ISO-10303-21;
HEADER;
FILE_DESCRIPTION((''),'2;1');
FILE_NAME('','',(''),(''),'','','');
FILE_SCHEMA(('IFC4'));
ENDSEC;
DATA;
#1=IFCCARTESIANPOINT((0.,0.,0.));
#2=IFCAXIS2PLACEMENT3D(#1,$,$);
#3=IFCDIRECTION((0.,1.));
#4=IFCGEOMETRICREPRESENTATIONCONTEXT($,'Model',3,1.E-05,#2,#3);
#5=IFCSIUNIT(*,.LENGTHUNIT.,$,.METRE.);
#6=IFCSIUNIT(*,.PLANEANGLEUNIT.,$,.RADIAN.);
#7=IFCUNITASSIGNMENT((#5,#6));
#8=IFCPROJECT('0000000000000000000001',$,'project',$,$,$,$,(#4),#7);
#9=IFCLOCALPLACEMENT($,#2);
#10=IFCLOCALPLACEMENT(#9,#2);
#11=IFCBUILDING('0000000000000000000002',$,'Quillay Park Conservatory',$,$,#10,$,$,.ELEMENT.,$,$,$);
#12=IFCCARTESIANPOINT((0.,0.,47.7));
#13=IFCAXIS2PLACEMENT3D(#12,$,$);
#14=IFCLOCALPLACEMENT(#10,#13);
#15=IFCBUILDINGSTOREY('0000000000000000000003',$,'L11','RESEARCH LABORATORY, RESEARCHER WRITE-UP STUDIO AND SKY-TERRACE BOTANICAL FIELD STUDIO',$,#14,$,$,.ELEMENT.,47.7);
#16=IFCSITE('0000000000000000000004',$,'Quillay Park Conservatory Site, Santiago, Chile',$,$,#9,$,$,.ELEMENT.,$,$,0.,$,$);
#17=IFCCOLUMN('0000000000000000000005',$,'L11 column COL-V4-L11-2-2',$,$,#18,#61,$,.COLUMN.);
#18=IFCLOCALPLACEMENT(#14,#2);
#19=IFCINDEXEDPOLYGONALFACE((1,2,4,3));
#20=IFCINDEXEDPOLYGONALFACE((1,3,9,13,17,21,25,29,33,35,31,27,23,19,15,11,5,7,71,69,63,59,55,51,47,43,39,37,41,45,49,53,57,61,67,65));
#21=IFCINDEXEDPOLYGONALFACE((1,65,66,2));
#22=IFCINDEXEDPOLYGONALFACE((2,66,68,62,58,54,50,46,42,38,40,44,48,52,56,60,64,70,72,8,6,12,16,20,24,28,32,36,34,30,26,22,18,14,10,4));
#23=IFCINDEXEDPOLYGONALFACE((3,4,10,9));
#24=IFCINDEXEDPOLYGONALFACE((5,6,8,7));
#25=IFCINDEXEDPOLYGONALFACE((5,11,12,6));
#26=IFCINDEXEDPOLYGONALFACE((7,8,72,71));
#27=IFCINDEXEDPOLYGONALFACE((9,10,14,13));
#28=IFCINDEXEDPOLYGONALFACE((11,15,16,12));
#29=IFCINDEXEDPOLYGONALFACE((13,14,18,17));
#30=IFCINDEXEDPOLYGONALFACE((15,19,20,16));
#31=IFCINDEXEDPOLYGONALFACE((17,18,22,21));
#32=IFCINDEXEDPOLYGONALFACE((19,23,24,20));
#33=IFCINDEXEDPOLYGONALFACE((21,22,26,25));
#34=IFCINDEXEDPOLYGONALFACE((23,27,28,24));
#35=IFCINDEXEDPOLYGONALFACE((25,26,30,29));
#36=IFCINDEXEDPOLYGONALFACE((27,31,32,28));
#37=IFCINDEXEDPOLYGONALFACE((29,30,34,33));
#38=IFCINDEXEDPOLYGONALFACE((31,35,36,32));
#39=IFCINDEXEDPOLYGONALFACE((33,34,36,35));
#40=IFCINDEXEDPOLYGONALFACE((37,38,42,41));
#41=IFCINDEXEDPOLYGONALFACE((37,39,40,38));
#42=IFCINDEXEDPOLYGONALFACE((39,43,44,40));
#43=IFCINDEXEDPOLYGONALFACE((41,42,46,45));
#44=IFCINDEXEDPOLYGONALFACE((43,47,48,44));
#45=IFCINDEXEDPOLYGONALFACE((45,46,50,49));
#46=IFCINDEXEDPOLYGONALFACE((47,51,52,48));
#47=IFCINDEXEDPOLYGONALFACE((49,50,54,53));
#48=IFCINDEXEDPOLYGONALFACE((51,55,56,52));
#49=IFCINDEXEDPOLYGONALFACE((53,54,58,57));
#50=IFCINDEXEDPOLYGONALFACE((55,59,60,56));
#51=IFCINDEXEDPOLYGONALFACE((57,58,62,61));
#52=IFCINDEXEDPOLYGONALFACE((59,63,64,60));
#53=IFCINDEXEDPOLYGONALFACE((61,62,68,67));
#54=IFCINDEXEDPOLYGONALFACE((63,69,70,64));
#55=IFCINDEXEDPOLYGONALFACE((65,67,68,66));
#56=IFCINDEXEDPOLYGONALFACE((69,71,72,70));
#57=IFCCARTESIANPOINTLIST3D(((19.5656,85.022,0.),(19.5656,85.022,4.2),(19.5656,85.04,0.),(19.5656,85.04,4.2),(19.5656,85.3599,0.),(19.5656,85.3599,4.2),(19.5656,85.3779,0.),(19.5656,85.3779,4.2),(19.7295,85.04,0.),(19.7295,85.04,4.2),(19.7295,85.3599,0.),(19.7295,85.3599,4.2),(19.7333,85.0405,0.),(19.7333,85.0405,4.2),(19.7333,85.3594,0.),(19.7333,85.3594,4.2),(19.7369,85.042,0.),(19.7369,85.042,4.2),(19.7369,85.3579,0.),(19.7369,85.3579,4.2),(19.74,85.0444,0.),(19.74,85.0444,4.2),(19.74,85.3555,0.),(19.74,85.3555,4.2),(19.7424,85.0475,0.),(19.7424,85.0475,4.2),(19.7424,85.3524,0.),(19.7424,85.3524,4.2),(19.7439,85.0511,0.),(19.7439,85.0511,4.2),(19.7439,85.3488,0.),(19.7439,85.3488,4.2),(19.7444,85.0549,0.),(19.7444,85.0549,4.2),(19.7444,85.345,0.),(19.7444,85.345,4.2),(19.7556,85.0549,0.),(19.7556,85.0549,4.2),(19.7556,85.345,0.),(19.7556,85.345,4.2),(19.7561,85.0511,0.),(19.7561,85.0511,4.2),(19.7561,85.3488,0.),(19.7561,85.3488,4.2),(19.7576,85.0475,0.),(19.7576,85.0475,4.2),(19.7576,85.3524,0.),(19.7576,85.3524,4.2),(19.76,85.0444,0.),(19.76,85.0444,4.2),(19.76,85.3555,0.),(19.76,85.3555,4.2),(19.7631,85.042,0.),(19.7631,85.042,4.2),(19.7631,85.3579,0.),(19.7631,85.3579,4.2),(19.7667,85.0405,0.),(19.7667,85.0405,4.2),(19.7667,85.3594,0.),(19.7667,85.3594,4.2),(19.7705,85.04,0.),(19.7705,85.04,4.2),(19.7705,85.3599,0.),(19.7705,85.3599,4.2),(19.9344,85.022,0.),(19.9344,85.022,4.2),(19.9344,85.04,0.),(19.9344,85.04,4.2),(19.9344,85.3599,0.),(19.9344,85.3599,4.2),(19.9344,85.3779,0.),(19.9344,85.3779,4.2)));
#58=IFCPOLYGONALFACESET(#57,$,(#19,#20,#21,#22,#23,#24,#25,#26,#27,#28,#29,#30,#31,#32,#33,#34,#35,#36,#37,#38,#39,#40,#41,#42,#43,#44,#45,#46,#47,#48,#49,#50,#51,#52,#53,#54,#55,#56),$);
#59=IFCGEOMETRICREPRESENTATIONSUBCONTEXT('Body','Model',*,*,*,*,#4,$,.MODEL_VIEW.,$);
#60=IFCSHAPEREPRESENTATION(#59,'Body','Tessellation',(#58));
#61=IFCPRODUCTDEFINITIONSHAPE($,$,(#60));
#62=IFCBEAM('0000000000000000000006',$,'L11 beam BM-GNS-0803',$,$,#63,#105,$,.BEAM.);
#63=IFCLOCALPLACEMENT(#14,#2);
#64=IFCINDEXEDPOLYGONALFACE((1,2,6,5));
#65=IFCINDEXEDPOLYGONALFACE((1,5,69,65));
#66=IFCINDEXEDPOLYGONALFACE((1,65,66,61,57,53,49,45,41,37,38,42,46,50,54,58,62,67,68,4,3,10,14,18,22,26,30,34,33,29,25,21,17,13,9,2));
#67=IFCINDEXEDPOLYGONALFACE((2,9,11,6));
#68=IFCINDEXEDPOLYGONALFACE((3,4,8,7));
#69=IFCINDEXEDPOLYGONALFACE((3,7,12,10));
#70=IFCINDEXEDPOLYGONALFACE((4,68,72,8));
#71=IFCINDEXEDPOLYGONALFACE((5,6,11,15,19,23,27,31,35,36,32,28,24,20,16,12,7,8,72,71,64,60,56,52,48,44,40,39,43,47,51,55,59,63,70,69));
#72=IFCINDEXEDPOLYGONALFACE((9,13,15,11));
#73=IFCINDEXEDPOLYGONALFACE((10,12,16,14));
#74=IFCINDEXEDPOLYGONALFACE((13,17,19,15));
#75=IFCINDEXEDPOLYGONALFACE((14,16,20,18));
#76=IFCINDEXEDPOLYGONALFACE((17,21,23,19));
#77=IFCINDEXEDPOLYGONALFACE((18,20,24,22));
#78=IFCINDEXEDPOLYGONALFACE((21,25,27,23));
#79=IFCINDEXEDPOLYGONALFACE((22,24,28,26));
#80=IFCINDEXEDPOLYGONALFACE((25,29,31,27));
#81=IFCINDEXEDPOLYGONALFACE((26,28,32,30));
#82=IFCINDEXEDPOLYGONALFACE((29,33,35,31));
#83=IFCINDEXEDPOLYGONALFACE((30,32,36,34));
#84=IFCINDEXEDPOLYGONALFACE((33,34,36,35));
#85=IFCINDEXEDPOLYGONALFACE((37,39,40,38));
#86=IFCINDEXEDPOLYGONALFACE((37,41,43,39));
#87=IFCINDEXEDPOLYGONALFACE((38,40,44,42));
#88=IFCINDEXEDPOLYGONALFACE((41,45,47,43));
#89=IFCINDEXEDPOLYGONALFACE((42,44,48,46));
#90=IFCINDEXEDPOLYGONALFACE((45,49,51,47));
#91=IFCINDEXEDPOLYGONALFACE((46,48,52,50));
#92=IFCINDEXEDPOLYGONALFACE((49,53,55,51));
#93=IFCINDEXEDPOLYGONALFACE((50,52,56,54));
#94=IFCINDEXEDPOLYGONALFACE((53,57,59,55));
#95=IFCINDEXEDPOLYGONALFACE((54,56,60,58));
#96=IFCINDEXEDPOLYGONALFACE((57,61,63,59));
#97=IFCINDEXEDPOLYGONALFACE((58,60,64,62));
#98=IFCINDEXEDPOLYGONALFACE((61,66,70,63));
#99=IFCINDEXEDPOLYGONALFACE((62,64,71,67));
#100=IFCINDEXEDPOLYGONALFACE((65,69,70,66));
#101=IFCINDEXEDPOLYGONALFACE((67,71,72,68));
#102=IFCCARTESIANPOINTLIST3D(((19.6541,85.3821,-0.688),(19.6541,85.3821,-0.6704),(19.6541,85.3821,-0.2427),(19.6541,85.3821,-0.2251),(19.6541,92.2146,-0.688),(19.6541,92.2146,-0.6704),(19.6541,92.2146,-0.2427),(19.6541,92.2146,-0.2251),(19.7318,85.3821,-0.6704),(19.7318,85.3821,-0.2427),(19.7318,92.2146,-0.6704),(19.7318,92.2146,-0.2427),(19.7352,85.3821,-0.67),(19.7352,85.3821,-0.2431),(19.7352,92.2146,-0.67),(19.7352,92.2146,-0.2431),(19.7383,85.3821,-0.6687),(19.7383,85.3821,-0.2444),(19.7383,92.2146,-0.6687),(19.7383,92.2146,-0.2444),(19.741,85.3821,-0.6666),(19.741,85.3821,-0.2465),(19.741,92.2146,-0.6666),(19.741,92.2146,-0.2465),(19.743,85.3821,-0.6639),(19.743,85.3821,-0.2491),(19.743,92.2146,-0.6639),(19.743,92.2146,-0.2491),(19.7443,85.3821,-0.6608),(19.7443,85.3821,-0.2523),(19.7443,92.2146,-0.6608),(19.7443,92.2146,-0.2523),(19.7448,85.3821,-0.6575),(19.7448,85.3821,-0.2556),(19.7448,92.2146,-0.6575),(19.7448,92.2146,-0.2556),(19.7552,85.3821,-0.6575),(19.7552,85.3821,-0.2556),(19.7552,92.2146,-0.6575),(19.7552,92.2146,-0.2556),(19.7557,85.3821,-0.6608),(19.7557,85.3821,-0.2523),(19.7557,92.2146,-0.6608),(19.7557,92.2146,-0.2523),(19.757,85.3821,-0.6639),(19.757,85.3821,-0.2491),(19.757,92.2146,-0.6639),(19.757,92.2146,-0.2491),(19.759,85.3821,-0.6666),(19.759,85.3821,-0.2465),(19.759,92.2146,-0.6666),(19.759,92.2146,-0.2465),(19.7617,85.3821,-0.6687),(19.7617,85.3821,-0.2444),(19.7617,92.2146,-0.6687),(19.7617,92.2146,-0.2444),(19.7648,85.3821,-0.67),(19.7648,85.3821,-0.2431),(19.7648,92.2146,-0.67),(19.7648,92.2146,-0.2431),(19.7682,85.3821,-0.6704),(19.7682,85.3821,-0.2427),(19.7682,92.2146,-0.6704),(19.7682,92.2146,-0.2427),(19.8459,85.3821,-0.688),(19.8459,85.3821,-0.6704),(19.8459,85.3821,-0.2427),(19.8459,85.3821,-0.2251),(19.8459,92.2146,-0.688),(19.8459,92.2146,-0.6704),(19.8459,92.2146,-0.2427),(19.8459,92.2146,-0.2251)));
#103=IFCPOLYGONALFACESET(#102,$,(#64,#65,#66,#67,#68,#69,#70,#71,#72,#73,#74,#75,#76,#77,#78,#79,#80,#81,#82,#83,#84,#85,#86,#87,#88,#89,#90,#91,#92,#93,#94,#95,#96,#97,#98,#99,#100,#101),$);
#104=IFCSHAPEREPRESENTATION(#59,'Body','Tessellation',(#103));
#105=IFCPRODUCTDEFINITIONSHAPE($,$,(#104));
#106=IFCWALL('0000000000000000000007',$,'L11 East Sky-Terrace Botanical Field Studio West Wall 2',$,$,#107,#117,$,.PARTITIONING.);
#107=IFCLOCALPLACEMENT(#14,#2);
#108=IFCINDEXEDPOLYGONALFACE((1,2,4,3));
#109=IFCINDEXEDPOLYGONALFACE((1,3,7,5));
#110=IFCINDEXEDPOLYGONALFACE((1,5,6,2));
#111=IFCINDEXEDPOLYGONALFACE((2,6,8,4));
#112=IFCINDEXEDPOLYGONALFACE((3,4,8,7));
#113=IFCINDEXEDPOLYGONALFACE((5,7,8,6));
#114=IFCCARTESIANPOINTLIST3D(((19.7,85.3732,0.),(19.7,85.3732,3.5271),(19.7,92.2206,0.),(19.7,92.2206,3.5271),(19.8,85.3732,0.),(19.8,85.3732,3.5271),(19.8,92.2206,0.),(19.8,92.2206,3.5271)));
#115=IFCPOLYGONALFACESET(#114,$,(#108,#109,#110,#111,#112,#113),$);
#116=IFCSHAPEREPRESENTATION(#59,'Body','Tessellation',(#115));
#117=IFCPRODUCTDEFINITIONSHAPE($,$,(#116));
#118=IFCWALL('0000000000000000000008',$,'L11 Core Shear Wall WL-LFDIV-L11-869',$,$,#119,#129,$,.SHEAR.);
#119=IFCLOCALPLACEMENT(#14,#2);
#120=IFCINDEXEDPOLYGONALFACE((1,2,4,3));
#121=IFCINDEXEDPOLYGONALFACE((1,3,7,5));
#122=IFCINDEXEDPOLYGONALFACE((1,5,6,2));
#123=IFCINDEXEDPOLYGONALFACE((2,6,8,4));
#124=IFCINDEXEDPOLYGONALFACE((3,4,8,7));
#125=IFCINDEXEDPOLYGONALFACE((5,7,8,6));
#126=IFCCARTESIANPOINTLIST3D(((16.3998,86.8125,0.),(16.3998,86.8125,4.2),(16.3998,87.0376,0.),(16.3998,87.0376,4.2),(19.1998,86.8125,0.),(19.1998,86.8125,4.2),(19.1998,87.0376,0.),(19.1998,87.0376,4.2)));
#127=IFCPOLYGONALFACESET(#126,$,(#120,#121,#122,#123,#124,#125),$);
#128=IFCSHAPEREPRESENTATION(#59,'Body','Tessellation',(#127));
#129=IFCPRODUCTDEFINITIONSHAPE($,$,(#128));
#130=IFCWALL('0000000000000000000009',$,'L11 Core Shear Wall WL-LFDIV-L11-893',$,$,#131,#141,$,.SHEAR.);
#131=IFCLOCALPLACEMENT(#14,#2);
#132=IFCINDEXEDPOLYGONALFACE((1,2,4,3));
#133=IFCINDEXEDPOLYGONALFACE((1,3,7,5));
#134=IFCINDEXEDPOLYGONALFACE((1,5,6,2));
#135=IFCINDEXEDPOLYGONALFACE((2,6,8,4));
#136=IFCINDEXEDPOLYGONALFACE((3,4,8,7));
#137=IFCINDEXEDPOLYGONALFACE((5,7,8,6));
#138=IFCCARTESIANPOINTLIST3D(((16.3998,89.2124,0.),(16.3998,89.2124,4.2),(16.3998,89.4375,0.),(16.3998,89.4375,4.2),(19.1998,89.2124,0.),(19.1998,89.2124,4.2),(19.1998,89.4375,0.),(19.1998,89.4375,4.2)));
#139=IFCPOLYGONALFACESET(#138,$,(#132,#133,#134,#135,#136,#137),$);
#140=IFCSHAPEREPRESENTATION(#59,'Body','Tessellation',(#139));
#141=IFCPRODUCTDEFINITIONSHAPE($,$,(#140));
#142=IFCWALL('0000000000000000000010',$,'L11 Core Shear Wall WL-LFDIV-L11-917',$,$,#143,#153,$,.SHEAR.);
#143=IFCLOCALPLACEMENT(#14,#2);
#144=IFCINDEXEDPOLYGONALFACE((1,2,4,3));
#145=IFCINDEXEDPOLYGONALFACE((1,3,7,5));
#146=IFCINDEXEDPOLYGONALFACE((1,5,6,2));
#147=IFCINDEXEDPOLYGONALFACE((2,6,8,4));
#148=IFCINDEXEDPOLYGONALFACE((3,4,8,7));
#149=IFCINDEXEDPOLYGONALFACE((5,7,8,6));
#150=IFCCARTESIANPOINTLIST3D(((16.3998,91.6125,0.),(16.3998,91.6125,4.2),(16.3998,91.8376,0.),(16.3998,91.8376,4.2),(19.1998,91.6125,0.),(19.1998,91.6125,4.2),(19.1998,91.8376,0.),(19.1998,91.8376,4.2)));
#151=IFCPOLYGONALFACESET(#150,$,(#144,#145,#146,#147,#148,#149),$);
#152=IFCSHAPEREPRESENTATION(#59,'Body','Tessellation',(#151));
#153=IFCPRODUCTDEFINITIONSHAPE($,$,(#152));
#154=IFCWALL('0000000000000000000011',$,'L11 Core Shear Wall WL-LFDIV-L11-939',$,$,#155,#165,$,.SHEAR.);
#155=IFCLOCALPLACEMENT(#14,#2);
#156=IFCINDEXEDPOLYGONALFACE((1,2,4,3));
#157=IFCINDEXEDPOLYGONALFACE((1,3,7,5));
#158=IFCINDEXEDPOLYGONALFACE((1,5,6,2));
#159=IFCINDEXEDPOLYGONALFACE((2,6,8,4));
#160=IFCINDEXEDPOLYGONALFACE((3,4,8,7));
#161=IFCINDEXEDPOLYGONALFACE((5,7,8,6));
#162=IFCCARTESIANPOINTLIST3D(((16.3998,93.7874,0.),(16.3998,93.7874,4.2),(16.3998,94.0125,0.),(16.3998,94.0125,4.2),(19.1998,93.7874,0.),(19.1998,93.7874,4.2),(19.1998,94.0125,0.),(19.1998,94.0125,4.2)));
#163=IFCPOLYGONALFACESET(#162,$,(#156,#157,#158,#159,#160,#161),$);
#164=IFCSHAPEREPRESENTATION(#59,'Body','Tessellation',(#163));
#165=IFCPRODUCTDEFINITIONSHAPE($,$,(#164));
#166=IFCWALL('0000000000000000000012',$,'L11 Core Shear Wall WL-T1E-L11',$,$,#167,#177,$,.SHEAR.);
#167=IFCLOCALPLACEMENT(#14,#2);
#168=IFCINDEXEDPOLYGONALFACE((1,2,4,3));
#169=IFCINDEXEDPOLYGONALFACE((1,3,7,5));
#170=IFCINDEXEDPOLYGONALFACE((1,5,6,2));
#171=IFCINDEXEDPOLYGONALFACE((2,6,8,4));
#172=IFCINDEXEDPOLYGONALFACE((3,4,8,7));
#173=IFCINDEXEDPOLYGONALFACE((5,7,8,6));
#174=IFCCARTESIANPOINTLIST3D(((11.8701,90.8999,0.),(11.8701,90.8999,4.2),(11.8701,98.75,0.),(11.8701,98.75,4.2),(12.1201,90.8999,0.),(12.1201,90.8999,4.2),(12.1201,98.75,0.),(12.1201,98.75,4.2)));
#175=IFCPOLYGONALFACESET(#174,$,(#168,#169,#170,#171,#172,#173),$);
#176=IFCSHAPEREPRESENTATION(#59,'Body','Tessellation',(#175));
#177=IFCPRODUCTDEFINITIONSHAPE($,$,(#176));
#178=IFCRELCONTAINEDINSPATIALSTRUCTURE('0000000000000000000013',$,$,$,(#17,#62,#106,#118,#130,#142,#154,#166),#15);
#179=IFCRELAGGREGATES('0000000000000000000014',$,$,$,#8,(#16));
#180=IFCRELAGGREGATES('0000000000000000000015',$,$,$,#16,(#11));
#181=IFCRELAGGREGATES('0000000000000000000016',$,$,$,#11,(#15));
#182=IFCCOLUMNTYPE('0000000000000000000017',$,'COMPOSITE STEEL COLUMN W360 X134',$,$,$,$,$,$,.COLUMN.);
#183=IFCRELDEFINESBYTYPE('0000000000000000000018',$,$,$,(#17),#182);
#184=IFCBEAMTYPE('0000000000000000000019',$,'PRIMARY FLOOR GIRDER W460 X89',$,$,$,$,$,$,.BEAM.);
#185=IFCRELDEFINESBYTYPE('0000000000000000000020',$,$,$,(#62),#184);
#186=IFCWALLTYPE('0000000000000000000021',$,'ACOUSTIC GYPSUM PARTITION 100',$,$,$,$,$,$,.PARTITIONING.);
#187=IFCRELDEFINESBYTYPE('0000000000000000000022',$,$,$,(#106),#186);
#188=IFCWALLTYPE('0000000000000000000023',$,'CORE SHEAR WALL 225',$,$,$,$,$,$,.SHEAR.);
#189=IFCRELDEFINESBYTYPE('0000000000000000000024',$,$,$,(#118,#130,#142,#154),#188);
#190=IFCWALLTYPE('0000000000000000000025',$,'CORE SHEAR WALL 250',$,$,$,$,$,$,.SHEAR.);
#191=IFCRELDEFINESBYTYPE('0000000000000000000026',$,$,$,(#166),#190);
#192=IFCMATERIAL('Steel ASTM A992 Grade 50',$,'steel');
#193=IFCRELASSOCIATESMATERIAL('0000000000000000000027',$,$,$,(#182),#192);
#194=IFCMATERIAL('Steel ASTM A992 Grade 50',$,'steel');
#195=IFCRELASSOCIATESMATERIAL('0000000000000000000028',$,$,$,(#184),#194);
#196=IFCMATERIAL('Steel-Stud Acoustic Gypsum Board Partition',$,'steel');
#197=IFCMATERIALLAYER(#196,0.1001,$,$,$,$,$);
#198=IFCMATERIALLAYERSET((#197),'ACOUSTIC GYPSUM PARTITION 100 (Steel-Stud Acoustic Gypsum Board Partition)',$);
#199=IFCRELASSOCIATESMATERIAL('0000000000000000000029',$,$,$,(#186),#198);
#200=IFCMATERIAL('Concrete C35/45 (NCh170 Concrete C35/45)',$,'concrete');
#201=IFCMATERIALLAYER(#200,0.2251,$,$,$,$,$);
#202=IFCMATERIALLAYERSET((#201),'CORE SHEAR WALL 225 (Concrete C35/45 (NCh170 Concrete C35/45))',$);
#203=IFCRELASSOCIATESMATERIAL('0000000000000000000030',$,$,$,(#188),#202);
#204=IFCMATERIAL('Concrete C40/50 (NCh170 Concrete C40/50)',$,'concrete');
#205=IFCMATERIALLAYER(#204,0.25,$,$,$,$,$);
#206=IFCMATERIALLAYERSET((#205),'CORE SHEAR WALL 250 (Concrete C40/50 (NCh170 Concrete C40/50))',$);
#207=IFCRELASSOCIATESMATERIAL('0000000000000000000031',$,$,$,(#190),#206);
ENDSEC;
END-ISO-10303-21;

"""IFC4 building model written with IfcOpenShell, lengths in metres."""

from ifc_helpers import new_model, si_unit, direction, frame, frame_2d, origin, origin_2d, place, context, subcontext, project, spatial, rectangle, i_section, extrude, material, layer, layer_set, material_profile, profile_set, type_object, element, save


model = new_model("IFC4")

# Units and contexts
model_context = context("Model", 3, precision=1e-05, world=origin(), true_north=direction((0.0, 1.0)))
body_context = subcontext(model_context, "Body", "Model", "MODEL_VIEW")
ifc_project = project(units=[si_unit("LENGTHUNIT", "METRE"), si_unit("PLANEANGLEUNIT", "RADIAN")], contexts=[model_context])

# Site, building, storey
site_placement = place(None, origin())
site = spatial("IfcSite", under=ifc_project, at=site_placement, Name="Quillay Park Conservatory Site, Santiago, Chile", CompositionType="ELEMENT", RefElevation=0.0)
building_placement = place(site_placement, origin())
building = spatial("IfcBuilding", under=site, at=building_placement, Name="Quillay Park Conservatory", CompositionType="ELEMENT")
storey_placement = place(building_placement, frame((0.0, 0.0, 47.7)))
storey = spatial("IfcBuildingStorey", under=building, at=storey_placement, Name="L11", Description="RESEARCH LABORATORY, RESEARCHER WRITE-UP STUDIO AND SKY-TERRACE BOTANICAL FIELD STUDIO", CompositionType="ELEMENT", Elevation=47.7)

# Column
ifc_material_1 = material(Name="Steel ASTM A992 Grade 50", Category="steel")
ifc_material_profile_1 = material_profile(ifc_material_1, i_section(OverallWidth=0.3689, OverallDepth=0.356, WebThickness=0.0112, FlangeThickness=0.0181, FilletRadius=0.0149, at=origin_2d()), Name="W360x134")
ifc_profile_set_1 = profile_set([ifc_material_profile_1], Name="Steel ASTM A992 Grade 50")
column_type = type_object("IfcColumnType", Name="COMPOSITE STEEL COLUMN W360 X134", PredefinedType="COLUMN", material=ifc_profile_set_1)
column_placement = place(storey_placement, frame((19.75, 85.2, 0.0), z_axis=(0.0, 0.0, 1.0), x_axis=(1.0, 0.0, 0.0)))
element("IfcColumn", 1, at=column_placement, inside=storey, type_object=column_type, Name="L11 column COL-V4-L11-2-2", PredefinedType="COLUMN", context=body_context, shape_type="SweptSolid", body=[
    extrude(i_section(OverallWidth=0.3689, OverallDepth=0.356, WebThickness=0.0112, FlangeThickness=0.0181, FilletRadius=0.0149, at=origin_2d()), origin(), (0.0, 0.0, 1.0), 4.2),
])

# Beam
ifc_material_2 = material(Name="Steel ASTM A992 Grade 50", Category="steel")
ifc_material_profile_2 = material_profile(ifc_material_2, i_section(OverallWidth=0.1919, OverallDepth=0.4629, WebThickness=0.0105, FlangeThickness=0.0176, FilletRadius=0.0129, at=origin_2d()), Name="W460x89")
ifc_profile_set_2 = profile_set([ifc_material_profile_2], Name="Steel ASTM A992 Grade 50")
beam_type = type_object("IfcBeamType", Name="PRIMARY FLOOR GIRDER W460 X89", PredefinedType="BEAM", material=ifc_profile_set_2)
beam_placement = place(storey_placement, frame((19.75, 85.3821, -0.4565), z_axis=(0.0, 1.0, 0.0), x_axis=(-1.0, 0.0, 0.0)))
element("IfcBeam", 2, at=beam_placement, inside=storey, type_object=beam_type, Name="L11 beam BM-GNS-0803", PredefinedType="BEAM", context=body_context, shape_type="SweptSolid", body=[
    extrude(i_section(OverallWidth=0.1919, OverallDepth=0.4629, WebThickness=0.0105, FlangeThickness=0.0176, FilletRadius=0.0129, at=origin_2d()), origin(), (0.0, 0.0, 1.0), 6.8325),
])

# Walls
ifc_material_3 = material(Name="Steel-Stud Acoustic Gypsum Board Partition", Category="steel")
ifc_layer_1 = layer(ifc_material_3, 0.1001)
ifc_layer_set_1 = layer_set([ifc_layer_1], Name="ACOUSTIC GYPSUM PARTITION 100 (Steel-Stud Acoustic Gypsum Board Partition)")
wall_type_1 = type_object("IfcWallType", Name="ACOUSTIC GYPSUM PARTITION 100", PredefinedType="PARTITIONING", material=ifc_layer_set_1)
wall_1_placement = place(storey_placement, frame((19.75, 85.373, 0.0), z_axis=(0.0, 0.0, 1.0), x_axis=(0.0, 1.0, 0.0)))
element("IfcWall", 3, at=wall_1_placement, inside=storey, type_object=wall_type_1, Name="L11 East Sky-Terrace Botanical Field Studio West Wall 2", PredefinedType="PARTITIONING", context=body_context, shape_type="SweptSolid", body=[
    extrude(rectangle(XDim=6.8474, YDim=0.1001, at=frame_2d((3.4238, 0.0))), origin(), (0.0, 0.0, 1.0), 3.5271),
])
ifc_material_4 = material(Name="Concrete C35/45 (NCh170 Concrete C35/45)", Category="concrete")
ifc_layer_2 = layer(ifc_material_4, 0.2251)
ifc_layer_set_2 = layer_set([ifc_layer_2], Name="CORE SHEAR WALL 225 (Concrete C35/45 (NCh170 Concrete C35/45))")
wall_type_2 = type_object("IfcWallType", Name="CORE SHEAR WALL 225", PredefinedType="SHEAR", material=ifc_layer_set_2)
for number, where, z_axis, x_axis, name in (
    (4, (16.3999, 86.925, 0.0), (0.0, 0.0, 1.0), (1.0, 0.0, 0.0), "L11 Core Shear Wall WL-LFDIV-L11-869"),
    (5, (16.3999, 89.325, 0.0), (0.0, 0.0, 1.0), (1.0, 0.0, 0.0), "L11 Core Shear Wall WL-LFDIV-L11-893"),
    (6, (16.3999, 91.7251, 0.0), (0.0, 0.0, 1.0), (1.0, 0.0, 0.0), "L11 Core Shear Wall WL-LFDIV-L11-917"),
    (7, (16.3999, 93.8999, 0.0), (0.0, 0.0, 1.0), (1.0, 0.0, 0.0), "L11 Core Shear Wall WL-LFDIV-L11-939"),
):
    element("IfcWall", number, at=place(storey_placement, frame(where, z_axis=z_axis, x_axis=x_axis)), inside=storey, type_object=wall_type_2, Name=name, PredefinedType="SHEAR", context=body_context, shape_type="SweptSolid", body=[
        extrude(rectangle(XDim=2.8, YDim=0.2251, at=frame_2d((1.3999, 0.0))), origin(), (0.0, 0.0, 1.0), 4.2),
    ])
ifc_material_5 = material(Name="Concrete C40/50 (NCh170 Concrete C40/50)", Category="concrete")
ifc_layer_3 = layer(ifc_material_5, 0.25)
ifc_layer_set_3 = layer_set([ifc_layer_3], Name="CORE SHEAR WALL 250 (Concrete C40/50 (NCh170 Concrete C40/50))")
wall_type_3 = type_object("IfcWallType", Name="CORE SHEAR WALL 250", PredefinedType="SHEAR", material=ifc_layer_set_3)
wall_2_placement = place(storey_placement, frame((11.9951, 90.8999, 0.0), z_axis=(0.0, 0.0, 1.0), x_axis=(0.0, 1.0, 0.0)))
element("IfcWall", 8, at=wall_2_placement, inside=storey, type_object=wall_type_3, Name="L11 Core Shear Wall WL-T1E-L11", PredefinedType="SHEAR", context=body_context, shape_type="SweptSolid", body=[
    extrude(rectangle(XDim=7.8501, YDim=0.25, at=frame_2d((3.925, 0.0))), origin(), (0.0, 0.0, 1.0), 4.2),
])

save(model, "model.ifc")
